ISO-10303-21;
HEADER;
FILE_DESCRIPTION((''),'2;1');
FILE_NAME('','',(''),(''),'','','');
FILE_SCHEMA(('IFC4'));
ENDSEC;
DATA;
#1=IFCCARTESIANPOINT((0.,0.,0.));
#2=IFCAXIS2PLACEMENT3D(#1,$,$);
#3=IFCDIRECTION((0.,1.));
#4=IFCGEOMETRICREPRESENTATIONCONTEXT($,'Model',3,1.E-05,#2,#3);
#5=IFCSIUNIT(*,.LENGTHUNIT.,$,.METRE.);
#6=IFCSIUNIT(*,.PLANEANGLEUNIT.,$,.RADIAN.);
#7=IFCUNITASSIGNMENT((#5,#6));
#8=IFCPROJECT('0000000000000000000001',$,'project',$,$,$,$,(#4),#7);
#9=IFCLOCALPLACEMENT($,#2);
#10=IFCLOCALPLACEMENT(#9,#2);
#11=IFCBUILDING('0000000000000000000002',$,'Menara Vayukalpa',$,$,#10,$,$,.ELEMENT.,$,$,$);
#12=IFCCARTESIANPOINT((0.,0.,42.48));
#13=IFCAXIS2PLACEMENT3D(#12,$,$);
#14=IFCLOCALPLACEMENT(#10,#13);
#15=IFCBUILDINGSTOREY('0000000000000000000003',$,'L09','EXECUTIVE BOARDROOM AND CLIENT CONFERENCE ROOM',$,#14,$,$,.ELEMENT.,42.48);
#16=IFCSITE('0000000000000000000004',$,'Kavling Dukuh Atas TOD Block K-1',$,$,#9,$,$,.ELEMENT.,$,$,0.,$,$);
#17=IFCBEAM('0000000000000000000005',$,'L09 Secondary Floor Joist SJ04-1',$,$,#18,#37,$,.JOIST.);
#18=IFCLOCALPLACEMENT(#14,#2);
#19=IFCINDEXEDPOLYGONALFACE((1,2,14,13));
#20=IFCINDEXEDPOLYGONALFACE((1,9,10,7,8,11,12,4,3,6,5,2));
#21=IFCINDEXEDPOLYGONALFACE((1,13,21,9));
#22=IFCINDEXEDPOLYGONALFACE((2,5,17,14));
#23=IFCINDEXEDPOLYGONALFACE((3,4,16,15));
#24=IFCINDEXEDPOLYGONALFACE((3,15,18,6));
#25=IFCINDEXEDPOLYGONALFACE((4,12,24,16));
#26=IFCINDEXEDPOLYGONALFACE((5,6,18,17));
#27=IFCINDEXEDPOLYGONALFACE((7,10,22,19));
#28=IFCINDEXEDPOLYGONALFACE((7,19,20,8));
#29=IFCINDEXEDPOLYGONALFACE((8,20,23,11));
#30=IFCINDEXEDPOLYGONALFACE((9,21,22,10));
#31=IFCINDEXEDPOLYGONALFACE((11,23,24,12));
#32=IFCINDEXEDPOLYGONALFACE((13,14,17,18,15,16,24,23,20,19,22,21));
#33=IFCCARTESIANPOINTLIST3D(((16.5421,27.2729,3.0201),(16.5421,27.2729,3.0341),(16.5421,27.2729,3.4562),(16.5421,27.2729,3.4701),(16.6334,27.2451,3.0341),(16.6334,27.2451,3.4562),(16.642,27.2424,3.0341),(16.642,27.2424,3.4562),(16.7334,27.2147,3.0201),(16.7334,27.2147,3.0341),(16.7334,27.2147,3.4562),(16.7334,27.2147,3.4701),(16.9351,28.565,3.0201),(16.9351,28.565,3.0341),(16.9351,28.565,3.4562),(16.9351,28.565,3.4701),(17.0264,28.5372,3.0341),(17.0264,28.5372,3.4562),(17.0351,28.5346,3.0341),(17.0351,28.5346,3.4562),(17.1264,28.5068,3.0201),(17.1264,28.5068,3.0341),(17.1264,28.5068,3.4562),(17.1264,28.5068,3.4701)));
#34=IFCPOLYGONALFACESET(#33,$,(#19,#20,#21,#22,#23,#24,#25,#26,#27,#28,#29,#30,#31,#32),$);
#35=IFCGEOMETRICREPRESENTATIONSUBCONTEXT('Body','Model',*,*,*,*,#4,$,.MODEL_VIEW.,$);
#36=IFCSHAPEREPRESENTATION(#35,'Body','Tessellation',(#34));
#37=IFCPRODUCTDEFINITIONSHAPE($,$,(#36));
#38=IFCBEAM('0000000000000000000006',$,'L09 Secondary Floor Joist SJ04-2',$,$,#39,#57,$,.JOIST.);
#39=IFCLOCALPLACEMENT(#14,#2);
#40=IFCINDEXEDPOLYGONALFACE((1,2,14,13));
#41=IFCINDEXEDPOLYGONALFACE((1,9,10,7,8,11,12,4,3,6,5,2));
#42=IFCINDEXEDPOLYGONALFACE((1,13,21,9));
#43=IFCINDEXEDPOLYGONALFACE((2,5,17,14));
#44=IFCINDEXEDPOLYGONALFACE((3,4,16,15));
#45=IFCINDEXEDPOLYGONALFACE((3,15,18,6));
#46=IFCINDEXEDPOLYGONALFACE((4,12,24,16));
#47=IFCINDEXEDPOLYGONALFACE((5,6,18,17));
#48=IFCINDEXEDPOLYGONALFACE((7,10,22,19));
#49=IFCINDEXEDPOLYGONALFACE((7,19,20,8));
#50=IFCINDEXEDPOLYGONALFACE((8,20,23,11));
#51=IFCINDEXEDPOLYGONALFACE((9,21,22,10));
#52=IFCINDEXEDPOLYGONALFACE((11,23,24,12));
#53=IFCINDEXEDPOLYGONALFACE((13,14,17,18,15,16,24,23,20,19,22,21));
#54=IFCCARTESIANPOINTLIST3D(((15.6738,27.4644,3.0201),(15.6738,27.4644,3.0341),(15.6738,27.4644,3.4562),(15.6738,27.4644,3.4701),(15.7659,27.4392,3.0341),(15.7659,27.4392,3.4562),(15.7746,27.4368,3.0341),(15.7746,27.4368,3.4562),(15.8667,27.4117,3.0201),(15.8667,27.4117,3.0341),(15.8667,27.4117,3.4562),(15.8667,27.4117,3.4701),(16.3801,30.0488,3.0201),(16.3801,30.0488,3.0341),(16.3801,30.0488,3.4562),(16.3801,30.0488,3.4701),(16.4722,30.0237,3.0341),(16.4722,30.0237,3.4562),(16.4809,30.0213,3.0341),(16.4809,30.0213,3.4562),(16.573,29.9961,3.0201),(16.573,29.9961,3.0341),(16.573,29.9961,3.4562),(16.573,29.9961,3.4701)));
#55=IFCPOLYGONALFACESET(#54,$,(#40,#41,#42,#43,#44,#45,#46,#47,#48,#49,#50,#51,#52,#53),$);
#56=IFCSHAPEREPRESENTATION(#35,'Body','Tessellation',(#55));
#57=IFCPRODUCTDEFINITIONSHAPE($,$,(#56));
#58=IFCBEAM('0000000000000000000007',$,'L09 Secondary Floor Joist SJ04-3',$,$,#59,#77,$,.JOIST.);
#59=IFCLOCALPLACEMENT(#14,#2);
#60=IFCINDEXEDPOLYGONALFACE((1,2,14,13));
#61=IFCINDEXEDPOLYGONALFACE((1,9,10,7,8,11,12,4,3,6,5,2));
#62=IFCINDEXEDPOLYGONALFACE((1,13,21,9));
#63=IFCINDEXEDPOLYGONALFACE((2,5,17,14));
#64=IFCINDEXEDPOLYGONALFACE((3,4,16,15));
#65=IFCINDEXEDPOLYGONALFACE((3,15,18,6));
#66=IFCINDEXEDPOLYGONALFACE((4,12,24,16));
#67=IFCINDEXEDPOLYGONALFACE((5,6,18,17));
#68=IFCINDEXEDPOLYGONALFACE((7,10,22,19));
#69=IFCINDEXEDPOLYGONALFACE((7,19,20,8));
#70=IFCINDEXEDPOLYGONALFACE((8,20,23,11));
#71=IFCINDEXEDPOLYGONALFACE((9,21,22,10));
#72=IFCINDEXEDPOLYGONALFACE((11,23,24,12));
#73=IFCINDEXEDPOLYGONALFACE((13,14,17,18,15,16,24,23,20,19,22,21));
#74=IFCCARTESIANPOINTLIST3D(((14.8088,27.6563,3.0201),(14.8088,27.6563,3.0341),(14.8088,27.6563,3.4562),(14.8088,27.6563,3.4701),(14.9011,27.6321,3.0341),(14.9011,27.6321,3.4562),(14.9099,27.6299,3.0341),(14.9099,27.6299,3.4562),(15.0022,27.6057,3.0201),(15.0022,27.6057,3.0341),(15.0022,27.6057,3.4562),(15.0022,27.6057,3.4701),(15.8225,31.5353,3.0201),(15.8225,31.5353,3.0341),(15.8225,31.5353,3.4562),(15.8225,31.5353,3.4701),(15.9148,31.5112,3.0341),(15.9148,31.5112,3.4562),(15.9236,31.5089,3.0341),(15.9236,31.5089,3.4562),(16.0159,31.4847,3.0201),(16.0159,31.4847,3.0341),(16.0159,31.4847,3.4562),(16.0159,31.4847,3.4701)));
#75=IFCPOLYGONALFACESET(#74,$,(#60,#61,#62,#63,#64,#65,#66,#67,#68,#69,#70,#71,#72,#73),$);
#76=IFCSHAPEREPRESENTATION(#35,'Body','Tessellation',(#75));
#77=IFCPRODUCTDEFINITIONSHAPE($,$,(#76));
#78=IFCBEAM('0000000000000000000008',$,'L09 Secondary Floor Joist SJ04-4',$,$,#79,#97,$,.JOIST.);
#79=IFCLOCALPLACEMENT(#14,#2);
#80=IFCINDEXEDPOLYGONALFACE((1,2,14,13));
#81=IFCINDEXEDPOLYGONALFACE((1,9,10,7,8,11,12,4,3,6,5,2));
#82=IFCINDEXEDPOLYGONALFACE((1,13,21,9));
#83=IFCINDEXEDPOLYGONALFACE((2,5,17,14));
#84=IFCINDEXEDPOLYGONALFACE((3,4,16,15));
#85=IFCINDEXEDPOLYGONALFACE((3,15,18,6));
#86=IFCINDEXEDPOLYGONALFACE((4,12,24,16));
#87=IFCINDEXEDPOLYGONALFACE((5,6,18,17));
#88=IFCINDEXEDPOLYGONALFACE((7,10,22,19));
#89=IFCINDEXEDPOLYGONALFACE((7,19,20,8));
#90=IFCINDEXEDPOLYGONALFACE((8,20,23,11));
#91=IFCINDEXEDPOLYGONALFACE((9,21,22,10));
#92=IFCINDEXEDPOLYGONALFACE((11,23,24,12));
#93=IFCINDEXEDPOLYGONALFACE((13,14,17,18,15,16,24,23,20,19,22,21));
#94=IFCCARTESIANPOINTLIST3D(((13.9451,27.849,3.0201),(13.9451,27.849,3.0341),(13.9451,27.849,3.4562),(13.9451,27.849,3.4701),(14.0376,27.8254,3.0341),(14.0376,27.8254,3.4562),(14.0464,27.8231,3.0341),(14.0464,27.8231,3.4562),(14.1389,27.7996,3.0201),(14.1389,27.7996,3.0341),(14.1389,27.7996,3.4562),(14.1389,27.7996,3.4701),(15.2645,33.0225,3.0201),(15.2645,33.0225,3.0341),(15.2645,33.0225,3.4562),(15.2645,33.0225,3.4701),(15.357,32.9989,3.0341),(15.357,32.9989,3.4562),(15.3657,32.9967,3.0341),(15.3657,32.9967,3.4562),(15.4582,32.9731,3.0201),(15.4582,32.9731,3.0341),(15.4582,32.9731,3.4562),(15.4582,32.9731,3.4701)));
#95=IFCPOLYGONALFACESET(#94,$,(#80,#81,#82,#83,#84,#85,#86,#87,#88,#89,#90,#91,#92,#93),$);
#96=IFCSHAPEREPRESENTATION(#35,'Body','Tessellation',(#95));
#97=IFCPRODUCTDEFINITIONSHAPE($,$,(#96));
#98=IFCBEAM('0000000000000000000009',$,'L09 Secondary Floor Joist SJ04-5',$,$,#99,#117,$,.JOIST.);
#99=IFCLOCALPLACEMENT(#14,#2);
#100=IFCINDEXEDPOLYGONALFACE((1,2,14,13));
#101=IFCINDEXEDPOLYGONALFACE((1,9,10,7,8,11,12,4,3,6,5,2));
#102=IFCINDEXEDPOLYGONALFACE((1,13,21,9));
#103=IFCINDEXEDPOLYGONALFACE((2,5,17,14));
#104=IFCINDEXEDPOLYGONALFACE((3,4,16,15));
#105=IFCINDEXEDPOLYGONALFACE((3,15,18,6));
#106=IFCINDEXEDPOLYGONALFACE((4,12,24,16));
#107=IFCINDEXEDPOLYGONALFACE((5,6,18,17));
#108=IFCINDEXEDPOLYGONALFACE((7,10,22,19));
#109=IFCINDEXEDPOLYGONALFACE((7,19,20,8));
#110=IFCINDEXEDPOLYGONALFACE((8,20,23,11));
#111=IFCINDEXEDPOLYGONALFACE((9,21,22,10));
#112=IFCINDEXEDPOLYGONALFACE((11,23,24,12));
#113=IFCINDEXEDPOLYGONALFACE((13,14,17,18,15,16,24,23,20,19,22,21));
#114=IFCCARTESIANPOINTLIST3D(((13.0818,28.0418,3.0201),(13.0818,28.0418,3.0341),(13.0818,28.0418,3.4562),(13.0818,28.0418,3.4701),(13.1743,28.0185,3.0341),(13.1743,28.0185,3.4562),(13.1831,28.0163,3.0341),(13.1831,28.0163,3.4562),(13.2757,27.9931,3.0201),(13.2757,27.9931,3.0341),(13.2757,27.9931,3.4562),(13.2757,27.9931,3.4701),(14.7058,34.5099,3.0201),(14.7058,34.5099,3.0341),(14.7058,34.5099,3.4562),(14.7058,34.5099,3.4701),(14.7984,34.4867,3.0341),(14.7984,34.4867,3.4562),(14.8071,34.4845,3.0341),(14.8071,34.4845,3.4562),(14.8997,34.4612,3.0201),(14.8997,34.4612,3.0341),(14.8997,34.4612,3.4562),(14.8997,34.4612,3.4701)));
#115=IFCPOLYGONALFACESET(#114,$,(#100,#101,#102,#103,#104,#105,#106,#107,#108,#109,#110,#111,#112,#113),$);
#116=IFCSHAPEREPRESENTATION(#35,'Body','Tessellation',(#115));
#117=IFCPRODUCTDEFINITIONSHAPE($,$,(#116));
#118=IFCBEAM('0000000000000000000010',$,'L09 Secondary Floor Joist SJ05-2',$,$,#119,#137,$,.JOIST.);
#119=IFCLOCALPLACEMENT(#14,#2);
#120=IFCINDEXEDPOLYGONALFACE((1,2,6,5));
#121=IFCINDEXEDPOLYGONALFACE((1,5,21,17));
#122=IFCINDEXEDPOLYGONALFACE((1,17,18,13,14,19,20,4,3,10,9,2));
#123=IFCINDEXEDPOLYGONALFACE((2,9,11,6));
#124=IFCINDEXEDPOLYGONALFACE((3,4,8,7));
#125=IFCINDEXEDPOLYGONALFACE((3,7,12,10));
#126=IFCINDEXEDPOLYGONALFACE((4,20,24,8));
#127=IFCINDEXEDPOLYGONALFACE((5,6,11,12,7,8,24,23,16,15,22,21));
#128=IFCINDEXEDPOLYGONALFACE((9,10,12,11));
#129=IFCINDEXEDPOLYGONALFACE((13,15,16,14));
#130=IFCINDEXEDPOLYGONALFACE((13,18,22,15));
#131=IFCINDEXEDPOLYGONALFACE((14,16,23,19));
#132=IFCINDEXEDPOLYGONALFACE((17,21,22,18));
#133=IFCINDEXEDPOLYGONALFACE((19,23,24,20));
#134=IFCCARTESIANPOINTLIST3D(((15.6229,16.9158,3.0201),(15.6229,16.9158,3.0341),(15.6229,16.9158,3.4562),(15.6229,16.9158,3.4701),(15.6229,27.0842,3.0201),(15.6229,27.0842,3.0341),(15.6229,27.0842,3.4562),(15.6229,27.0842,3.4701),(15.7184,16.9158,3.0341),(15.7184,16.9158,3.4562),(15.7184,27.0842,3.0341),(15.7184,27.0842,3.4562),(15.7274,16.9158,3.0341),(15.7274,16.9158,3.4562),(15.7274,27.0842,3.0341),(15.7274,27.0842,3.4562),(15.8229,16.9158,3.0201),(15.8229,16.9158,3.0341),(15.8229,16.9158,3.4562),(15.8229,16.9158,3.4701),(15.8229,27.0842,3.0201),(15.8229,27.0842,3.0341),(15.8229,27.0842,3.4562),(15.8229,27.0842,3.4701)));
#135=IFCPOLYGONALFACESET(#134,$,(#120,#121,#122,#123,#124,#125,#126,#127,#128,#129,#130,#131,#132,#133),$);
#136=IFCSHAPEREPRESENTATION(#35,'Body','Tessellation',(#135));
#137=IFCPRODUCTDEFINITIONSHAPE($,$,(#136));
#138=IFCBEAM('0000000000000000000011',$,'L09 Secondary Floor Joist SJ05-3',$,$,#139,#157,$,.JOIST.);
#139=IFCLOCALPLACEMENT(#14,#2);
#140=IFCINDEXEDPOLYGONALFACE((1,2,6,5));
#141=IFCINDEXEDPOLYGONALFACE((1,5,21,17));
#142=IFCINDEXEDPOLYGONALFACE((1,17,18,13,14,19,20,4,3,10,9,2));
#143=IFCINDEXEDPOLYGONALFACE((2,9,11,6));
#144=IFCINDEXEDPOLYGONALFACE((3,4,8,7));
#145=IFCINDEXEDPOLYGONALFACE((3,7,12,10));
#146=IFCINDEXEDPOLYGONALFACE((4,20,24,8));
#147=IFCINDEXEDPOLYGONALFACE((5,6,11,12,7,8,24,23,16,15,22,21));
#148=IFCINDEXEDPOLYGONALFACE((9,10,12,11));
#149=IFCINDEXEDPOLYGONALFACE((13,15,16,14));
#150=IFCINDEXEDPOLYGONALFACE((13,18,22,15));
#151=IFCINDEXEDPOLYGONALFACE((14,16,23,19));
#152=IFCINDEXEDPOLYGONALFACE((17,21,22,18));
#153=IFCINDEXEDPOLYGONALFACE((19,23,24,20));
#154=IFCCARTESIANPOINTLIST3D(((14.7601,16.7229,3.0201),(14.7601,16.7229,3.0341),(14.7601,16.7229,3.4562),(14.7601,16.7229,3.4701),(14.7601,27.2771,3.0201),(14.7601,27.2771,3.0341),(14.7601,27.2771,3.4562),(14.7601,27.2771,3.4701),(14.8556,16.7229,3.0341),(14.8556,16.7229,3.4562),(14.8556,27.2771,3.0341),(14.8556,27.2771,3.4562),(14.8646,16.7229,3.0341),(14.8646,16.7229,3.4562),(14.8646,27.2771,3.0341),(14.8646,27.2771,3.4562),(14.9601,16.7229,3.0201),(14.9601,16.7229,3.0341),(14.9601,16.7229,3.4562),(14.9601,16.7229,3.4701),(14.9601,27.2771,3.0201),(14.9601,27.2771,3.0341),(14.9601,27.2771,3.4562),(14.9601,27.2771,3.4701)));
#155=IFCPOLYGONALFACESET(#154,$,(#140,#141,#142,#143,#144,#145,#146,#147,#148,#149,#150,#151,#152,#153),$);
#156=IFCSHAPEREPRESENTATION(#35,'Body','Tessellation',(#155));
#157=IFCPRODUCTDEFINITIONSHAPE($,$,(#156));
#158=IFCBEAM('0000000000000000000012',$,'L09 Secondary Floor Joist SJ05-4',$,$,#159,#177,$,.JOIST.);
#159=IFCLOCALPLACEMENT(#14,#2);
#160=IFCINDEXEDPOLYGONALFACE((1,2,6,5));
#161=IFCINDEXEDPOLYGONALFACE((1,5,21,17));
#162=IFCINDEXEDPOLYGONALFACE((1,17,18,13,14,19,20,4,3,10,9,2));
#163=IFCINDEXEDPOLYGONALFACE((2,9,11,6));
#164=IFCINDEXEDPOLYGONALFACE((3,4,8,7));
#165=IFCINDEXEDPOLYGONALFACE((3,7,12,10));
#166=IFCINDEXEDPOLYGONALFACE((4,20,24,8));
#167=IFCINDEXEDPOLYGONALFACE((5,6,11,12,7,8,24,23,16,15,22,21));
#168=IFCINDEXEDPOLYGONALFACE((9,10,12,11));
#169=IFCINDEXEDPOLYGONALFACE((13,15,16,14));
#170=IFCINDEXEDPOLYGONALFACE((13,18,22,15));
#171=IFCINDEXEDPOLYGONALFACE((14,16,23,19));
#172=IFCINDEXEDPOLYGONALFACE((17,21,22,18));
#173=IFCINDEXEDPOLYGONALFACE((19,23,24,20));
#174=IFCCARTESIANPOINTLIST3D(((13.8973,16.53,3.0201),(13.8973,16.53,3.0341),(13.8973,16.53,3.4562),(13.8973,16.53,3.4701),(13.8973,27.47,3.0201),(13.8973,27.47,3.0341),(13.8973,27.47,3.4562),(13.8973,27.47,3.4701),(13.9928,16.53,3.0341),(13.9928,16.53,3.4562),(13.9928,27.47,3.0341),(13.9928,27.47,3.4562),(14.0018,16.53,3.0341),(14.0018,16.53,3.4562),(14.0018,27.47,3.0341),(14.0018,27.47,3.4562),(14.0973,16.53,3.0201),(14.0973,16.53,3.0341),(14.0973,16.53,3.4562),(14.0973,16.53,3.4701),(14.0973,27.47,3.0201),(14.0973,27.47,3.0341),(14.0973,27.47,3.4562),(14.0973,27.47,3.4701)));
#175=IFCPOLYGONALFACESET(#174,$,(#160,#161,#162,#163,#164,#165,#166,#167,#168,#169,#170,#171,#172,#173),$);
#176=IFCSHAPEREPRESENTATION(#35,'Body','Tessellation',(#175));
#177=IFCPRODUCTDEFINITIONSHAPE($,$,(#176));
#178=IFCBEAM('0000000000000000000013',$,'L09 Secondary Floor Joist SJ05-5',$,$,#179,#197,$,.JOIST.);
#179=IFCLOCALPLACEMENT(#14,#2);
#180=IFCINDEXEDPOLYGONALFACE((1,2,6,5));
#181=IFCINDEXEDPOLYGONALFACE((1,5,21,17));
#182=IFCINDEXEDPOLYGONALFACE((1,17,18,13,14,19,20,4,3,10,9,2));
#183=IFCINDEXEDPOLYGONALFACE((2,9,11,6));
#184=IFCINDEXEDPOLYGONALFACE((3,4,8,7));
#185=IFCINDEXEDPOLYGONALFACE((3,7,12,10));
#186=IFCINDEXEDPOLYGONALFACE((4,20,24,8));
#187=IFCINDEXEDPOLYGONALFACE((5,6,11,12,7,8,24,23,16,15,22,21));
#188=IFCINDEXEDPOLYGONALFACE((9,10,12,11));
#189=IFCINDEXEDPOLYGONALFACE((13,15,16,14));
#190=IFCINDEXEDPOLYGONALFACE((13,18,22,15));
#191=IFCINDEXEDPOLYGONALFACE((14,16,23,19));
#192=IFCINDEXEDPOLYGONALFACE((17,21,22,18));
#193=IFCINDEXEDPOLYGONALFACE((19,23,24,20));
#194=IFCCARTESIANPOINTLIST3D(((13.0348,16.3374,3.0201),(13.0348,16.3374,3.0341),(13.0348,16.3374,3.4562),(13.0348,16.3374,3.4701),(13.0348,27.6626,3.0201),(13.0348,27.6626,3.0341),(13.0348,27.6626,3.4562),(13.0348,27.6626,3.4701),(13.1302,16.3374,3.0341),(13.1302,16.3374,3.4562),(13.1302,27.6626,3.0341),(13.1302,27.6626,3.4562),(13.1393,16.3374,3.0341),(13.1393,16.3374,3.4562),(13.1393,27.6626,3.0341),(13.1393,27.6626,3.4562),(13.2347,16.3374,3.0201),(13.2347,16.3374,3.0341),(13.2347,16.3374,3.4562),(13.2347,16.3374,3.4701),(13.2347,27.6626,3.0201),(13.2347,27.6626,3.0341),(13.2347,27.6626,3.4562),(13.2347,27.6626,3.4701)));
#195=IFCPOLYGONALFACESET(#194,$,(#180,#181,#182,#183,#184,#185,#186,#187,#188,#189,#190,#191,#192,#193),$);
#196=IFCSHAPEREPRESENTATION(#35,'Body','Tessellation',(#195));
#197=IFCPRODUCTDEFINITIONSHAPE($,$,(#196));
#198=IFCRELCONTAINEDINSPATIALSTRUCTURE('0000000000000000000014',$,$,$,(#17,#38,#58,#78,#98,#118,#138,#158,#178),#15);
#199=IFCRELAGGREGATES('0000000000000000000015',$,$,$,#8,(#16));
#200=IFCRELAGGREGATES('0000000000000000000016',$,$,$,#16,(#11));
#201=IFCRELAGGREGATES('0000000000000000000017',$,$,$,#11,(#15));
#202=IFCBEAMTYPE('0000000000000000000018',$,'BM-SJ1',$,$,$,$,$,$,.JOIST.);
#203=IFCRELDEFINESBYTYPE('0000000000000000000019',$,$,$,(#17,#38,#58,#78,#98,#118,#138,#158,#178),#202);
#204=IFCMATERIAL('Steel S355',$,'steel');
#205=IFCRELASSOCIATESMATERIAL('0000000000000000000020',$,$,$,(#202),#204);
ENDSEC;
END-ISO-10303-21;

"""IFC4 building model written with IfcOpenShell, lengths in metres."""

from ifc_helpers import new_model, si_unit, direction, frame, origin, origin_2d, place, context, subcontext, project, spatial, i_section, extrude, material, material_profile, profile_set, type_object, element, save


model = new_model("IFC4")

# Units and contexts
model_context = context("Model", 3, precision=1e-05, world=origin(), true_north=direction((0.0, 1.0)))
body_context = subcontext(model_context, "Body", "Model", "MODEL_VIEW")
ifc_project = project(units=[si_unit("LENGTHUNIT", "METRE"), si_unit("PLANEANGLEUNIT", "RADIAN")], contexts=[model_context])

# Site, building, storey
site_placement = place(None, origin())
site = spatial("IfcSite", under=ifc_project, at=site_placement, Name="Kavling Dukuh Atas TOD Block K-1", CompositionType="ELEMENT", RefElevation=0.0)
building_placement = place(site_placement, origin())
building = spatial("IfcBuilding", under=site, at=building_placement, Name="Menara Vayukalpa", CompositionType="ELEMENT")
storey_placement = place(building_placement, frame((0.0, 0.0, 42.48)))
storey = spatial("IfcBuildingStorey", under=building, at=storey_placement, Name="L09", Description="EXECUTIVE BOARDROOM AND CLIENT CONFERENCE ROOM", CompositionType="ELEMENT", Elevation=42.48)

# Beams
ifc_material_1 = material(Name="Steel S355", Category="steel")
ifc_material_profile_1 = material_profile(ifc_material_1, i_section(OverallWidth=0.2, OverallDepth=0.45, WebThickness=0.009, FlangeThickness=0.0139, at=origin_2d()), Name="WF 450x200x9x14")
ifc_profile_set_1 = profile_set([ifc_material_profile_1], Name="Steel S355")
beam_type_1 = type_object("IfcBeamType", Name="BM-SJ1", PredefinedType="JOIST", material=ifc_profile_set_1)
beam_1_placement = place(storey_placement, frame((17.0308, 28.5359, 3.2451), z_axis=(-0.291011, -0.95672, 0.0), x_axis=(0.95672, -0.291011, 0.0)))
element("IfcBeam", 1, at=beam_1_placement, inside=storey, type_object=beam_type_1, Name="L09 Secondary Floor Joist SJ04-1", PredefinedType="JOIST", context=body_context, shape_type="SweptSolid", body=[
    extrude(i_section(OverallWidth=0.2, OverallDepth=0.45, WebThickness=0.009, FlangeThickness=0.0139, at=origin_2d()), origin(), (0.0, 0.0, 1.0), 1.3506),
])
beam_2_placement = place(storey_placement, frame((16.4766, 30.0225, 3.2451), z_axis=(-0.263619, -0.964627, 0.0), x_axis=(0.964627, -0.263619, 0.0)))
element("IfcBeam", 2, at=beam_2_placement, inside=storey, type_object=beam_type_1, Name="L09 Secondary Floor Joist SJ04-2", PredefinedType="JOIST", context=body_context, shape_type="SweptSolid", body=[
    extrude(i_section(OverallWidth=0.2, OverallDepth=0.45, WebThickness=0.009, FlangeThickness=0.0139, at=origin_2d()), origin(), (0.0, 0.0, 1.0), 2.6792),
])
beam_3_placement = place(storey_placement, frame((15.9192, 31.51, 3.2451), z_axis=(-0.252838, -0.967509, 0.0), x_axis=(0.967509, -0.252838, 0.0)))
element("IfcBeam", 3, at=beam_3_placement, inside=storey, type_object=beam_type_1, Name="L09 Secondary Floor Joist SJ04-3", PredefinedType="JOIST", context=body_context, shape_type="SweptSolid", body=[
    extrude(i_section(OverallWidth=0.2, OverallDepth=0.45, WebThickness=0.009, FlangeThickness=0.0139, at=origin_2d()), origin(), (0.0, 0.0, 1.0), 4.0093),
])
beam_4_placement = place(storey_placement, frame((15.3613, 32.9978, 3.2451), z_axis=(-0.247106, -0.968989, 0.0), x_axis=(0.968989, -0.247106, 0.0)))
element("IfcBeam", 4, at=beam_4_placement, inside=storey, type_object=beam_type_1, Name="L09 Secondary Floor Joist SJ04-4", PredefinedType="JOIST", context=body_context, shape_type="SweptSolid", body=[
    extrude(i_section(OverallWidth=0.2, OverallDepth=0.45, WebThickness=0.009, FlangeThickness=0.0139, at=origin_2d()), origin(), (0.0, 0.0, 1.0), 5.3391),
])
beam_5_placement = place(storey_placement, frame((14.8027, 34.4856, 3.2451), z_axis=(-0.243517, -0.969897, 0.0), x_axis=(0.969897, -0.243517, 0.0)))
element("IfcBeam", 5, at=beam_5_placement, inside=storey, type_object=beam_type_1, Name="L09 Secondary Floor Joist SJ04-5", PredefinedType="JOIST", context=body_context, shape_type="SweptSolid", body=[
    extrude(i_section(OverallWidth=0.2, OverallDepth=0.45, WebThickness=0.009, FlangeThickness=0.0139, at=origin_2d()), origin(), (0.0, 0.0, 1.0), 6.6689),
])
beam_6_placement = place(storey_placement, frame((15.7229, 27.0842, 3.2451), z_axis=(0.0, -1.0, 0.0), x_axis=(1.0, 0.0, 0.0)))
element("IfcBeam", 6, at=beam_6_placement, inside=storey, type_object=beam_type_1, Name="L09 Secondary Floor Joist SJ05-2", PredefinedType="JOIST", context=body_context, shape_type="SweptSolid", body=[
    extrude(i_section(OverallWidth=0.2, OverallDepth=0.45, WebThickness=0.009, FlangeThickness=0.0139, at=origin_2d()), origin(), (0.0, 0.0, 1.0), 10.1685),
])
beam_7_placement = place(storey_placement, frame((14.8601, 27.2771, 3.2451), z_axis=(0.0, -1.0, 0.0), x_axis=(1.0, 0.0, 0.0)))
element("IfcBeam", 7, at=beam_7_placement, inside=storey, type_object=beam_type_1, Name="L09 Secondary Floor Joist SJ05-3", PredefinedType="JOIST", context=body_context, shape_type="SweptSolid", body=[
    extrude(i_section(OverallWidth=0.2, OverallDepth=0.45, WebThickness=0.009, FlangeThickness=0.0139, at=origin_2d()), origin(), (0.0, 0.0, 1.0), 10.5542),
])
beam_8_placement = place(storey_placement, frame((13.9973, 27.47, 3.2451), z_axis=(0.0, -1.0, 0.0), x_axis=(1.0, 0.0, 0.0)))
element("IfcBeam", 8, at=beam_8_placement, inside=storey, type_object=beam_type_1, Name="L09 Secondary Floor Joist SJ05-4", PredefinedType="JOIST", context=body_context, shape_type="SweptSolid", body=[
    extrude(i_section(OverallWidth=0.2, OverallDepth=0.45, WebThickness=0.009, FlangeThickness=0.0139, at=origin_2d()), origin(), (0.0, 0.0, 1.0), 10.9399),
])
beam_9_placement = place(storey_placement, frame((13.1348, 27.6626, 3.2451), z_axis=(0.0, -1.0, 0.0), x_axis=(1.0, 0.0, 0.0)))
element("IfcBeam", 9, at=beam_9_placement, inside=storey, type_object=beam_type_1, Name="L09 Secondary Floor Joist SJ05-5", PredefinedType="JOIST", context=body_context, shape_type="SweptSolid", body=[
    extrude(i_section(OverallWidth=0.2, OverallDepth=0.45, WebThickness=0.009, FlangeThickness=0.0139, at=origin_2d()), origin(), (0.0, 0.0, 1.0), 11.3252),
])

save(model, "model.ifc")
